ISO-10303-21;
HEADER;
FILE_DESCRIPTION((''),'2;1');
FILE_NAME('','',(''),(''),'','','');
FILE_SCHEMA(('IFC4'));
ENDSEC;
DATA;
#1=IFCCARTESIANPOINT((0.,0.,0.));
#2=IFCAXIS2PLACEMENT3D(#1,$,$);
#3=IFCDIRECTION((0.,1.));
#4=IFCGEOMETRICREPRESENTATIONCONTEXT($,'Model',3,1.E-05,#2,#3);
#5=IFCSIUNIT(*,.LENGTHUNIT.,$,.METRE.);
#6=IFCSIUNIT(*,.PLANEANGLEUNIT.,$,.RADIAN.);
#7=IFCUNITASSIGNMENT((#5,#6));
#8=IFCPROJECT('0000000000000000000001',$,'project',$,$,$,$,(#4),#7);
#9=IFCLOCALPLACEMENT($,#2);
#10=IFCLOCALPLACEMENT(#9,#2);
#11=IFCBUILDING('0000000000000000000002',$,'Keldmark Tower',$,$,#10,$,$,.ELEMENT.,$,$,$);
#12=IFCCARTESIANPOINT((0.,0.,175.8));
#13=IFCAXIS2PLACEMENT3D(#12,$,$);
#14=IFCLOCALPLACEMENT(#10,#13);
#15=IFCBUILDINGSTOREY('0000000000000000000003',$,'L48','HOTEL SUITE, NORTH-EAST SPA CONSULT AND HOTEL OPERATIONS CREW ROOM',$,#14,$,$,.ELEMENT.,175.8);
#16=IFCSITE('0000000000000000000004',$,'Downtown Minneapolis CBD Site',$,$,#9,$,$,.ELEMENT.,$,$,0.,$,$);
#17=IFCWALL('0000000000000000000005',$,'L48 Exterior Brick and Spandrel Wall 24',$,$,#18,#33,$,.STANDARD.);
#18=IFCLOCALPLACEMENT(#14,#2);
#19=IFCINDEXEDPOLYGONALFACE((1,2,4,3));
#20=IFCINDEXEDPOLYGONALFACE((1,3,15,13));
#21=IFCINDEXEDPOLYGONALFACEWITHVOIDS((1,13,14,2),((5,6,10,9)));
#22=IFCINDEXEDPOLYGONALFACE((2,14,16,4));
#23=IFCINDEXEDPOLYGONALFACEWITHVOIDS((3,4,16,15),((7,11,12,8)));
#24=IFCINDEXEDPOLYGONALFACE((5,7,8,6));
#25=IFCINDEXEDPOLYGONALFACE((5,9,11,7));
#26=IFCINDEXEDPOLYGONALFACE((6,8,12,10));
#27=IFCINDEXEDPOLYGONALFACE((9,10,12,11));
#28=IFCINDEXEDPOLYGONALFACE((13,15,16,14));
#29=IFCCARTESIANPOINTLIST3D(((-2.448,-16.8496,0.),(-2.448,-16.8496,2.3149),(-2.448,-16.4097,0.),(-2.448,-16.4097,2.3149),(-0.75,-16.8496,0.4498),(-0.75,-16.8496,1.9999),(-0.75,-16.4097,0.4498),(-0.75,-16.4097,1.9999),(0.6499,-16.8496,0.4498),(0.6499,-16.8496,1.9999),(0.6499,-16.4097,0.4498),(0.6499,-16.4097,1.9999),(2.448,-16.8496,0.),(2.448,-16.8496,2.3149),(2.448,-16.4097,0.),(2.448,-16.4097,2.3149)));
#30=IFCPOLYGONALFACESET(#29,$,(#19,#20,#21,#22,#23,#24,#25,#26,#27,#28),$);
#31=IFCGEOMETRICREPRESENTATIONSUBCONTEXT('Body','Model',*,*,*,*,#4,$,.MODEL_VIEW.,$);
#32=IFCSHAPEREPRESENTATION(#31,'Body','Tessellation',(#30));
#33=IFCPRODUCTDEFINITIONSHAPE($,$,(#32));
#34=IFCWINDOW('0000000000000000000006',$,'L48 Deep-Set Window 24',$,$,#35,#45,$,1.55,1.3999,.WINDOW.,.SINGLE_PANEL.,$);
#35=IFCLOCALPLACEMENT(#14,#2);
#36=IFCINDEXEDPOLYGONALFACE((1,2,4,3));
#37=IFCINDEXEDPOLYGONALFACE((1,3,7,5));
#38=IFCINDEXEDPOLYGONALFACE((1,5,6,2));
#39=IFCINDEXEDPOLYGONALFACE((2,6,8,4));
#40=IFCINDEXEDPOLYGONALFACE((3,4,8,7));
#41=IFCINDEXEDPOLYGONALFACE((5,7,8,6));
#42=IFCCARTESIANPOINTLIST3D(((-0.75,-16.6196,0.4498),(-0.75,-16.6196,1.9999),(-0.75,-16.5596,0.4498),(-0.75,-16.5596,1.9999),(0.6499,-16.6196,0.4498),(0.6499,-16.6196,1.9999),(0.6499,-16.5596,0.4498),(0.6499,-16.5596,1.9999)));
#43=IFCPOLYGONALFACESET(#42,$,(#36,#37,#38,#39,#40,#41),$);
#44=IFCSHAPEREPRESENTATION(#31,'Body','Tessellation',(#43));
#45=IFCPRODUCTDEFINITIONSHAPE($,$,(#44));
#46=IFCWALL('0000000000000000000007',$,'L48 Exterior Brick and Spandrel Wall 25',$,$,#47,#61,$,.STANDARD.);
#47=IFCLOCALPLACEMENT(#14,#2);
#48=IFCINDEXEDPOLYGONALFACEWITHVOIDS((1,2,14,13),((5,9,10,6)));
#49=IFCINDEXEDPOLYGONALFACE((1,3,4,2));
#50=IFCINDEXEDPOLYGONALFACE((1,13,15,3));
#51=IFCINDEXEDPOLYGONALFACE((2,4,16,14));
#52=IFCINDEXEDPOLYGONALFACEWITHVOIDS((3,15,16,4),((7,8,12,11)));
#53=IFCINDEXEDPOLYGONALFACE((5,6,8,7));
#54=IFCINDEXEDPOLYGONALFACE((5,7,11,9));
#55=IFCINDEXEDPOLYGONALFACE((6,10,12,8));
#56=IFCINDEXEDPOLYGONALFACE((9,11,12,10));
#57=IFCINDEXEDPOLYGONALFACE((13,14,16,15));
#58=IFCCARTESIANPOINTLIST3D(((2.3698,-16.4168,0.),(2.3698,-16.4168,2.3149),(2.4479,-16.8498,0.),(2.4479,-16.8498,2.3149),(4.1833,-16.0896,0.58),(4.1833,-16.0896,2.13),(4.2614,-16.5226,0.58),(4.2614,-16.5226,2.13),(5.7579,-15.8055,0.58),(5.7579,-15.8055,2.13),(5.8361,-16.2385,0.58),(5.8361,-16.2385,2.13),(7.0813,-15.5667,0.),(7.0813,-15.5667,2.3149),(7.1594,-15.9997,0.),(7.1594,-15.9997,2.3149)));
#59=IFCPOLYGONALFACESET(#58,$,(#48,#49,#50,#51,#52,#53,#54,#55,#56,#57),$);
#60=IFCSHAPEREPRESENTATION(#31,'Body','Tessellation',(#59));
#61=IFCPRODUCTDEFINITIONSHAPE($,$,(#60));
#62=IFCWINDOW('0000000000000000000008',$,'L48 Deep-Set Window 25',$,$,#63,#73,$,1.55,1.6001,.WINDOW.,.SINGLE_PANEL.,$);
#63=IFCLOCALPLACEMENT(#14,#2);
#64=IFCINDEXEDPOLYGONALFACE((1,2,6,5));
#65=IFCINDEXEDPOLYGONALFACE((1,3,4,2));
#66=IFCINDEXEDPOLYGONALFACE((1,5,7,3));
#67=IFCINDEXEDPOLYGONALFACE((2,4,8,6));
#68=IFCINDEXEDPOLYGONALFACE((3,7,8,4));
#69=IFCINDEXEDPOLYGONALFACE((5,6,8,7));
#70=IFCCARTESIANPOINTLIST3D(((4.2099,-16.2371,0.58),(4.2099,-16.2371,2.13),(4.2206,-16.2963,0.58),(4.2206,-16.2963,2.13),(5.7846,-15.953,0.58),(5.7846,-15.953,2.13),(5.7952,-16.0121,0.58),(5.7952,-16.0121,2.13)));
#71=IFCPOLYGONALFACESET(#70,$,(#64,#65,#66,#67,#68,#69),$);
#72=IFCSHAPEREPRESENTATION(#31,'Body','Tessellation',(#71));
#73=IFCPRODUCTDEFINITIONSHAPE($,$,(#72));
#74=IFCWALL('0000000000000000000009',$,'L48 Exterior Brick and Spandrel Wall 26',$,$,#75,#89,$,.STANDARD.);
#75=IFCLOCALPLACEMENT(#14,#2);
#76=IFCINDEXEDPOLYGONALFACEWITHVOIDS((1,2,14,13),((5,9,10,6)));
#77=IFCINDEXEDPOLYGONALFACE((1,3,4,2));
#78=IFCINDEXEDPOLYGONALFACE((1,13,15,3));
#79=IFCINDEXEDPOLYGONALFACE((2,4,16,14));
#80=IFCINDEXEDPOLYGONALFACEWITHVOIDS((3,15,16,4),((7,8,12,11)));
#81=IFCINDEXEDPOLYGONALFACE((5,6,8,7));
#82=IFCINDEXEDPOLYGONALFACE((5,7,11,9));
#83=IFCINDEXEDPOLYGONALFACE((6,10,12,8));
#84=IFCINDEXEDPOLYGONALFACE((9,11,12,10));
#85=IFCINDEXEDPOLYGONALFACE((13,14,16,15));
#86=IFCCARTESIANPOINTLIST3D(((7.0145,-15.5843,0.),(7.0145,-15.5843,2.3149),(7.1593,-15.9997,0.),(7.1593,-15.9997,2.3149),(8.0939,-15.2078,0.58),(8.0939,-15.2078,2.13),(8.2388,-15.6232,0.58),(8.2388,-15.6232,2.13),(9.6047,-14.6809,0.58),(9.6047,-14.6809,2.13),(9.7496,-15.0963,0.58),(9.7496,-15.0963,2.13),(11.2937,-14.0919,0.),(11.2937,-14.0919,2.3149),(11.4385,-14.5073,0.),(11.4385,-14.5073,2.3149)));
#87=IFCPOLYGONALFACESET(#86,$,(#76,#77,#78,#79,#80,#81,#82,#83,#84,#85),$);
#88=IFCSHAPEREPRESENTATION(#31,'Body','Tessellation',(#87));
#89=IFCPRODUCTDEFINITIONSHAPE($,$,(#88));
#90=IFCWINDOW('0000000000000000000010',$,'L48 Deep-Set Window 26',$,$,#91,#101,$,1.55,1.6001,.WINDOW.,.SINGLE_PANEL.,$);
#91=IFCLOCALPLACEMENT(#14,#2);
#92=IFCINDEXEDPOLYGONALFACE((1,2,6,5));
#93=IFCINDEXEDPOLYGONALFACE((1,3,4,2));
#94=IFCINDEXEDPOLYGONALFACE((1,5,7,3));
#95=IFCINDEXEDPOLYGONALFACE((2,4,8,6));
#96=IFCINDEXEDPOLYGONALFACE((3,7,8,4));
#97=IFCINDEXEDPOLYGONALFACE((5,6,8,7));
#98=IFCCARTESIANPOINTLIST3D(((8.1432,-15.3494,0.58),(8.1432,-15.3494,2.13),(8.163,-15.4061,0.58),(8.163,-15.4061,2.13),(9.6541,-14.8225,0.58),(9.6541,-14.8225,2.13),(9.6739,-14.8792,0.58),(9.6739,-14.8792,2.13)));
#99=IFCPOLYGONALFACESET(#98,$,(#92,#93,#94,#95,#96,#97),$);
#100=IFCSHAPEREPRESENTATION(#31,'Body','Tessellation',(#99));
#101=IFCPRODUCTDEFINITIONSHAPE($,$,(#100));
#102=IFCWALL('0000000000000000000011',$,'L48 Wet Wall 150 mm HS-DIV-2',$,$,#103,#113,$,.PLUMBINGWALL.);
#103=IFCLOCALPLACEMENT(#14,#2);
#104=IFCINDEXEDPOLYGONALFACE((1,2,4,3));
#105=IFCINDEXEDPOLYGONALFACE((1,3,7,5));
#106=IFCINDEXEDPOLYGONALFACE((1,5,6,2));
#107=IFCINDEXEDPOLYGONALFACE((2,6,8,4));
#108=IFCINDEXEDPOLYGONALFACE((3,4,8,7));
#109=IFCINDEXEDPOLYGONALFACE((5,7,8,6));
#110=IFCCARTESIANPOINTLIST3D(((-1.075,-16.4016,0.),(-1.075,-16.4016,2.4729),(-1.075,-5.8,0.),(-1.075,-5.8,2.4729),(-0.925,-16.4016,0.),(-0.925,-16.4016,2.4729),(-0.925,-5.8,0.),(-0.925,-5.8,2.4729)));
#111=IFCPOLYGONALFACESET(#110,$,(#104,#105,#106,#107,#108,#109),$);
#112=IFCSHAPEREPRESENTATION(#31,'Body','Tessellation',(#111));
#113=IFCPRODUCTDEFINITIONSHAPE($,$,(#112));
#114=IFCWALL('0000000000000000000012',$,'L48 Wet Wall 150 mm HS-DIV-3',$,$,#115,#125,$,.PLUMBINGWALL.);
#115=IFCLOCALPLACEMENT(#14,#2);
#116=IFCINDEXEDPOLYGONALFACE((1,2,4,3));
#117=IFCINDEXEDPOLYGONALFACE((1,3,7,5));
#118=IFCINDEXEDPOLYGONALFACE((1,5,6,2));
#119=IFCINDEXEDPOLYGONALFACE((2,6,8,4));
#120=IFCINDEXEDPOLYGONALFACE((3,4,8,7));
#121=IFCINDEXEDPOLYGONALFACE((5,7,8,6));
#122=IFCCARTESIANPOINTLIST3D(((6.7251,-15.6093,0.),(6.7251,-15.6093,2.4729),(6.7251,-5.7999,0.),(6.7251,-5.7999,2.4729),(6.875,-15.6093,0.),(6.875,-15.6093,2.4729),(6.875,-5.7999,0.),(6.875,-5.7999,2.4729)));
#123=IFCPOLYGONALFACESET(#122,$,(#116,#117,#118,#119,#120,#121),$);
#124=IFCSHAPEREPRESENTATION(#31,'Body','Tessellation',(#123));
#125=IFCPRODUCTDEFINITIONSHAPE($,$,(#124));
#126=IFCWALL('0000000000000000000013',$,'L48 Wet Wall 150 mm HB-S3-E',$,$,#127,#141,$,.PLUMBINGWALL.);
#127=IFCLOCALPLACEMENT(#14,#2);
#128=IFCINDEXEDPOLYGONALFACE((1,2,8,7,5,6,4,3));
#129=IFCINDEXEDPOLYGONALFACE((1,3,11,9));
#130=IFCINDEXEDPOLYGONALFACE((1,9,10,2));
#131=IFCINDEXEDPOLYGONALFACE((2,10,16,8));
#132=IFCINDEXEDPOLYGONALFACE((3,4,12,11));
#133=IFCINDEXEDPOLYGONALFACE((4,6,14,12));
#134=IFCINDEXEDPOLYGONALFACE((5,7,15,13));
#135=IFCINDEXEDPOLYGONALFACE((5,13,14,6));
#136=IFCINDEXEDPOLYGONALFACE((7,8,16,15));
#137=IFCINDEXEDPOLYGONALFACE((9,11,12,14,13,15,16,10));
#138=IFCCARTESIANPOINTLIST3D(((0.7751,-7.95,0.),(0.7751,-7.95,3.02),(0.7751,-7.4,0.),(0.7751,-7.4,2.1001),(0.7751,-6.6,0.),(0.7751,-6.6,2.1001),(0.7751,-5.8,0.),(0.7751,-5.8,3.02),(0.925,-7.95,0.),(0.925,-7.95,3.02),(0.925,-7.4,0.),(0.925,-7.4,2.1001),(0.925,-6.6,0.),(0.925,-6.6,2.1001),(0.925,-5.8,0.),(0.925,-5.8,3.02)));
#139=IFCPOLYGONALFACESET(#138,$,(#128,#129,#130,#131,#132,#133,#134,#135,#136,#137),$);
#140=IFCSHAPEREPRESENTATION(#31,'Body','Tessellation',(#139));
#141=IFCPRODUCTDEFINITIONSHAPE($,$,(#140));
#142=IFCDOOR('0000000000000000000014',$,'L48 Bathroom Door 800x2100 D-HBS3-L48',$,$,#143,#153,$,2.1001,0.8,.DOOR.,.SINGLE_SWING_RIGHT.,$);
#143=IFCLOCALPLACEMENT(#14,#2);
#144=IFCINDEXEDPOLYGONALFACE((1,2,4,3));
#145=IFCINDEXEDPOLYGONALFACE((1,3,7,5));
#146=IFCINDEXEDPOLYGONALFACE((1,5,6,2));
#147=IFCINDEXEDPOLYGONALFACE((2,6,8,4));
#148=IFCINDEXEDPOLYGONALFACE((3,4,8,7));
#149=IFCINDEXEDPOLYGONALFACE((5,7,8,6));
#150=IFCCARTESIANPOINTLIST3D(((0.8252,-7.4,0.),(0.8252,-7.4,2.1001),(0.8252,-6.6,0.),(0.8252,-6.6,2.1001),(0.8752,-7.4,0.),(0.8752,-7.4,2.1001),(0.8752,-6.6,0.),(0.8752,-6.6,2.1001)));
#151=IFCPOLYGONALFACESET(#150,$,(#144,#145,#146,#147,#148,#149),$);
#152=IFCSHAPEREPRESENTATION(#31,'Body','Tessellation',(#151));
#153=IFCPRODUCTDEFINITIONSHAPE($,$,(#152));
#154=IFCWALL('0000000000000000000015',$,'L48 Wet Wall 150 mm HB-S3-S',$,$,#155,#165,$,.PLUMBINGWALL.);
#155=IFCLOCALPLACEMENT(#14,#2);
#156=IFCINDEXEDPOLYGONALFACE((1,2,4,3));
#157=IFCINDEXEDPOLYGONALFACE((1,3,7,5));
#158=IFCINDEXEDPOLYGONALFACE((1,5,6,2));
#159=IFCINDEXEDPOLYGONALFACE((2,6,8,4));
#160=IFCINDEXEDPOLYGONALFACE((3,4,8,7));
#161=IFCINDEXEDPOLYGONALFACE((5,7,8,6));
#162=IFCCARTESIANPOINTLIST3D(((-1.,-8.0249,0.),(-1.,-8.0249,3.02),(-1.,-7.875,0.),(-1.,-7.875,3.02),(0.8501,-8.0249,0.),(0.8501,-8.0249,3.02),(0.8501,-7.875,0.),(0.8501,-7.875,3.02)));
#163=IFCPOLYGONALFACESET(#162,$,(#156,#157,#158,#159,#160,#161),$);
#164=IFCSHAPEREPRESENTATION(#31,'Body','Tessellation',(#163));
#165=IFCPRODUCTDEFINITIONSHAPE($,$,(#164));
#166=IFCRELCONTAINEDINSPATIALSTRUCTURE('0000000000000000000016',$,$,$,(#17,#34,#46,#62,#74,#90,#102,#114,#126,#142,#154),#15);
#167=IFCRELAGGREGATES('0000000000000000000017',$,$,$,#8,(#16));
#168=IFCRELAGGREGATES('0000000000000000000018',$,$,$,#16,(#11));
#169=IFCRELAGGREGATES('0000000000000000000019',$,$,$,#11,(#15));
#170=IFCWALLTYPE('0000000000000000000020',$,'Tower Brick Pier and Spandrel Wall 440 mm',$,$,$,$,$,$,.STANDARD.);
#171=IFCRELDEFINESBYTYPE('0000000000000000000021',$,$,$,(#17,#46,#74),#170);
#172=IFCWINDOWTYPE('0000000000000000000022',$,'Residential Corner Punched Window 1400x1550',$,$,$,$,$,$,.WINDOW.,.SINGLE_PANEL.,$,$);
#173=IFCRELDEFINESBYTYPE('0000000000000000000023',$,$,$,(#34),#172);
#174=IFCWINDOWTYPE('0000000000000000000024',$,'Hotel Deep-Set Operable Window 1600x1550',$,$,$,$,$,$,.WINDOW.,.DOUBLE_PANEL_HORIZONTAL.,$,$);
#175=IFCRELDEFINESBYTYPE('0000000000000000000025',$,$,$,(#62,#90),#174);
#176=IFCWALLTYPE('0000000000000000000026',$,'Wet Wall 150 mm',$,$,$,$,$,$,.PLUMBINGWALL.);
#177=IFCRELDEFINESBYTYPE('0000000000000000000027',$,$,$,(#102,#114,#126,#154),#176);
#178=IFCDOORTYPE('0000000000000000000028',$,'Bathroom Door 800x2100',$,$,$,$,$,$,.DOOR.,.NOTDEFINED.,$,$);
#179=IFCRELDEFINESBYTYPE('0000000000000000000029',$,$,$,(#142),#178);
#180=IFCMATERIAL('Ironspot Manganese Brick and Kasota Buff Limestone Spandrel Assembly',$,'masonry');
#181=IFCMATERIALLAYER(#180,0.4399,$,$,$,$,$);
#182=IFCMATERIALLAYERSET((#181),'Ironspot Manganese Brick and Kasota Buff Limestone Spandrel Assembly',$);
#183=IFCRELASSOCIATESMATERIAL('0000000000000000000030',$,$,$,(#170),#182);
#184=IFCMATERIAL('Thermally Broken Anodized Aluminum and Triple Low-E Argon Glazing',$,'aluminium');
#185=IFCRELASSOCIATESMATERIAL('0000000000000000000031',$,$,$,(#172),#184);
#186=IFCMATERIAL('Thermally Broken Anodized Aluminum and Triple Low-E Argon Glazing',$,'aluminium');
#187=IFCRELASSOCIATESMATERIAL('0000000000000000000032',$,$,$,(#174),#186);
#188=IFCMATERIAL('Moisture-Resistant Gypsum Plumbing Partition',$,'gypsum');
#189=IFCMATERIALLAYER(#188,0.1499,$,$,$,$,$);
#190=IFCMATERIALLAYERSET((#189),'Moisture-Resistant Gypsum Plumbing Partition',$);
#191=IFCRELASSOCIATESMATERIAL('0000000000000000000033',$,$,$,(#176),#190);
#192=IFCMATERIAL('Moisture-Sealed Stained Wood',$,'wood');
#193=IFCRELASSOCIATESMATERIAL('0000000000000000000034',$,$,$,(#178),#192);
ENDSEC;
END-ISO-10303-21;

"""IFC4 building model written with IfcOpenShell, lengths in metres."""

from ifc_helpers import new_model, si_unit, direction, frame, frame_2d, origin, place, context, subcontext, project, spatial, rectangle, extrude, material, layer, layer_set, type_object, element, fill, save


model = new_model("IFC4")

# Units and contexts
model_context = context("Model", 3, precision=1e-05, world=origin(), true_north=direction((0.0, 1.0)))
body_context = subcontext(model_context, "Body", "Model", "MODEL_VIEW")
ifc_project = project(units=[si_unit("LENGTHUNIT", "METRE"), si_unit("PLANEANGLEUNIT", "RADIAN")], contexts=[model_context])

# Site, building, storey
site_placement = place(None, origin())
site = spatial("IfcSite", under=ifc_project, at=site_placement, Name="Downtown Minneapolis CBD Site", CompositionType="ELEMENT", RefElevation=0.0)
building_placement = place(site_placement, origin())
building = spatial("IfcBuilding", under=site, at=building_placement, Name="Keldmark Tower", CompositionType="ELEMENT")
storey_placement = place(building_placement, frame((0.0, 0.0, 175.8)))
storey = spatial("IfcBuildingStorey", under=building, at=storey_placement, Name="L48", Description="HOTEL SUITE, NORTH-EAST SPA CONSULT AND HOTEL OPERATIONS CREW ROOM", CompositionType="ELEMENT", Elevation=175.8)

# Walls, openings, windows
ifc_material_1 = material(Name="Ironspot Manganese Brick and Kasota Buff Limestone Spandrel Assembly", Category="masonry")
ifc_layer_1 = layer(ifc_material_1, 0.4399)
ifc_layer_set_1 = layer_set([ifc_layer_1], Name="Ironspot Manganese Brick and Kasota Buff Limestone Spandrel Assembly")
wall_type_1 = type_object("IfcWallType", Name="Tower Brick Pier and Spandrel Wall 440 mm", PredefinedType="STANDARD", material=ifc_layer_set_1)
wall_1_placement = place(storey_placement, frame((2.448, -16.6296, 0.0), z_axis=(0.0, 0.0, 1.0), x_axis=(-1.0, 0.0, 0.0)))
wall_1 = element("IfcWall", 1, at=wall_1_placement, inside=storey, type_object=wall_type_1, Name="L48 Exterior Brick and Spandrel Wall 24", PredefinedType="STANDARD", context=body_context, shape_type="SweptSolid", body=[
    extrude(rectangle(XDim=4.896, YDim=0.4399, at=frame_2d((2.448, 0.0))), origin(), (0.0, 0.0, 1.0), 2.3149),
])
opening_1_placement = place(wall_1_placement, frame((1.7981, 0.0, 0.45)))
opening_1 = element("IfcOpeningElement", 2, at=opening_1_placement, cuts=wall_1, PredefinedType="OPENING", context=body_context, shape_type="SweptSolid", body=[
    extrude(rectangle(XDim=1.3999, YDim=1.55, at=frame_2d((0.7, 0.7749))), frame((0.0, 0.23, 0.0), z_axis=(0.0, -1.0, 0.0), x_axis=(1.0, 0.0, 0.0)), (0.0, 0.0, 1.0), 0.46),
])
ifc_material_2 = material(Name="Thermally Broken Anodized Aluminum and Triple Low-E Argon Glazing", Category="aluminium")
window_type_1 = type_object("IfcWindowType", Name="Residential Corner Punched Window 1400x1550", PartitioningType="SINGLE_PANEL", PredefinedType="WINDOW", material=ifc_material_2)
window_1_placement = place(opening_1_placement, origin())
window_1 = element("IfcWindow", 3, at=window_1_placement, inside=storey, type_object=window_type_1, Name="L48 Deep-Set Window 24", OverallHeight=1.55, OverallWidth=1.3999, PartitioningType="SINGLE_PANEL", PredefinedType="WINDOW", context=body_context, shape_type="SweptSolid", body=[
    extrude(rectangle(XDim=1.3999, YDim=1.55, at=frame_2d((0.7, 0.7749))), frame((0.0, -0.01, 0.0), z_axis=(0.0, -1.0, 0.0), x_axis=(1.0, 0.0, 0.0)), (0.0, 0.0, 1.0), 0.0601),
])
fill(opening_1, window_1)
wall_2_placement = place(storey_placement, frame((7.1204, -15.7832, 0.0), z_axis=(0.0, 0.0, 1.0), x_axis=(-0.984109, -0.177566, 0.0)))
wall_2 = element("IfcWall", 4, at=wall_2_placement, inside=storey, type_object=wall_type_1, Name="L48 Exterior Brick and Spandrel Wall 25", PredefinedType="STANDARD", context=body_context, shape_type="SweptSolid", body=[
    extrude(rectangle(XDim=4.7876, YDim=0.4399, at=frame_2d((2.3938, 0.0))), origin(), (0.0, 0.0, 1.0), 2.3149),
])
opening_2_placement = place(wall_2_placement, frame((1.3447, 0.0, 0.5801)))
opening_2 = element("IfcOpeningElement", 5, at=opening_2_placement, cuts=wall_2, PredefinedType="OPENING", context=body_context, shape_type="SweptSolid", body=[
    extrude(rectangle(XDim=1.6001, YDim=1.55, at=frame_2d((0.8, 0.7749))), frame((0.0, 0.23, 0.0), z_axis=(0.0, -1.0, 0.0), x_axis=(1.0, 0.0, 0.0)), (0.0, 0.0, 1.0), 0.46),
])
ifc_material_3 = material(Name="Thermally Broken Anodized Aluminum and Triple Low-E Argon Glazing", Category="aluminium")
window_type_2 = type_object("IfcWindowType", Name="Hotel Deep-Set Operable Window 1600x1550", PartitioningType="DOUBLE_PANEL_HORIZONTAL", PredefinedType="WINDOW", material=ifc_material_3)
window_2_placement = place(opening_2_placement, origin())
window_2 = element("IfcWindow", 6, at=window_2_placement, inside=storey, type_object=window_type_2, Name="L48 Deep-Set Window 25", OverallHeight=1.55, OverallWidth=1.6001, PartitioningType="SINGLE_PANEL", PredefinedType="WINDOW", context=body_context, shape_type="SweptSolid", body=[
    extrude(rectangle(XDim=1.6001, YDim=1.55, at=frame_2d((0.8, 0.7749))), frame((0.0, -0.01, 0.0), z_axis=(0.0, -1.0, 0.0), x_axis=(1.0, 0.0, 0.0)), (0.0, 0.0, 1.0), 0.0601),
])
fill(opening_2, window_2)
wall_3_placement = place(storey_placement, frame((11.3662, -14.2996, 0.0), z_axis=(0.0, 0.0, 1.0), x_axis=(-0.944224, -0.329304, 0.0)))
wall_3 = element("IfcWall", 7, at=wall_3_placement, inside=storey, type_object=wall_type_1, Name="L48 Exterior Brick and Spandrel Wall 26", PredefinedType="STANDARD", context=body_context, shape_type="SweptSolid", body=[
    extrude(rectangle(XDim=4.532, YDim=0.4399, at=frame_2d((2.2661, 0.0))), origin(), (0.0, 0.0, 1.0), 2.3149),
])
opening_3_placement = place(wall_3_placement, frame((1.7888, 0.0, 0.5801)))
opening_3 = element("IfcOpeningElement", 8, at=opening_3_placement, cuts=wall_3, PredefinedType="OPENING", context=body_context, shape_type="SweptSolid", body=[
    extrude(rectangle(XDim=1.6001, YDim=1.55, at=frame_2d((0.8, 0.7749))), frame((0.0, 0.23, 0.0), z_axis=(0.0, -1.0, 0.0), x_axis=(1.0, 0.0, 0.0)), (0.0, 0.0, 1.0), 0.46),
])
window_3_placement = place(opening_3_placement, origin())
window_3 = element("IfcWindow", 9, at=window_3_placement, inside=storey, type_object=window_type_2, Name="L48 Deep-Set Window 26", OverallHeight=1.55, OverallWidth=1.6001, PartitioningType="SINGLE_PANEL", PredefinedType="WINDOW", context=body_context, shape_type="SweptSolid", body=[
    extrude(rectangle(XDim=1.6001, YDim=1.55, at=frame_2d((0.8, 0.7749))), frame((0.0, -0.01, 0.0), z_axis=(0.0, -1.0, 0.0), x_axis=(1.0, 0.0, 0.0)), (0.0, 0.0, 1.0), 0.0601),
])
fill(opening_3, window_3)

# Walls
ifc_material_4 = material(Name="Moisture-Resistant Gypsum Plumbing Partition", Category="gypsum")
ifc_layer_2 = layer(ifc_material_4, 0.1499)
ifc_layer_set_2 = layer_set([ifc_layer_2], Name="Moisture-Resistant Gypsum Plumbing Partition")
wall_type_2 = type_object("IfcWallType", Name="Wet Wall 150 mm", PredefinedType="PLUMBINGWALL", material=ifc_layer_set_2)
wall_4_placement = place(storey_placement, frame((-1.0, -16.4016, 0.0), z_axis=(0.0, 0.0, 1.0), x_axis=(0.0, 1.0, 0.0)))
element("IfcWall", 10, at=wall_4_placement, inside=storey, type_object=wall_type_2, Name="L48 Wet Wall 150 mm HS-DIV-2", PredefinedType="PLUMBINGWALL", context=body_context, shape_type="SweptSolid", body=[
    extrude(rectangle(XDim=10.6016, YDim=0.1499, at=frame_2d((5.3008, 0.0))), origin(), (0.0, 0.0, 1.0), 2.4729),
])
wall_5_placement = place(storey_placement, frame((6.8, -15.6094, 0.0), z_axis=(0.0, 0.0, 1.0), x_axis=(0.0, 1.0, 0.0)))
element("IfcWall", 11, at=wall_5_placement, inside=storey, type_object=wall_type_2, Name="L48 Wet Wall 150 mm HS-DIV-3", PredefinedType="PLUMBINGWALL", context=body_context, shape_type="SweptSolid", body=[
    extrude(rectangle(XDim=9.8093, YDim=0.1499, at=frame_2d((4.9048, 0.0))), origin(), (0.0, 0.0, 1.0), 2.4729),
])

# Wall, opening, door
wall_6_placement = place(storey_placement, frame((0.8501, -7.95, 0.0), z_axis=(0.0, 0.0, 1.0), x_axis=(0.0, 1.0, 0.0)))
wall_6 = element("IfcWall", 12, at=wall_6_placement, inside=storey, type_object=wall_type_2, Name="L48 Wet Wall 150 mm HB-S3-E", PredefinedType="PLUMBINGWALL", context=body_context, shape_type="SweptSolid", body=[
    extrude(rectangle(XDim=2.1499, YDim=0.1499, at=frame_2d((1.075, 0.0))), origin(), (0.0, 0.0, 1.0), 3.02),
])
opening_4_placement = place(wall_6_placement, frame((0.55, 0.0, 0.0)))
opening_4 = element("IfcOpeningElement", 13, at=opening_4_placement, cuts=wall_6, PredefinedType="OPENING", context=body_context, shape_type="SweptSolid", body=[
    extrude(rectangle(XDim=0.8, YDim=2.1001, at=frame_2d((0.3999, 1.05))), frame((0.0, 0.085, 0.0), z_axis=(0.0, -1.0, 0.0), x_axis=(1.0, 0.0, 0.0)), (0.0, 0.0, 1.0), 0.1699),
])
ifc_material_5 = material(Name="Moisture-Sealed Stained Wood", Category="wood")
door_type = type_object("IfcDoorType", Name="Bathroom Door 800x2100", OperationType="NOTDEFINED", PredefinedType="DOOR", material=ifc_material_5)
door_1_placement = place(opening_4_placement, origin())
door_1 = element("IfcDoor", 14, at=door_1_placement, inside=storey, type_object=door_type, Name="L48 Bathroom Door 800x2100 D-HBS3-L48", OperationType="SINGLE_SWING_RIGHT", OverallHeight=2.1001, OverallWidth=0.8, PredefinedType="DOOR", context=body_context, shape_type="SweptSolid", body=[
    extrude(rectangle(XDim=0.8, YDim=2.1001, at=frame_2d((0.3999, 1.05))), frame((0.0, 0.0249, 0.0), z_axis=(0.0, -1.0, 0.0), x_axis=(1.0, 0.0, 0.0)), (0.0, 0.0, 1.0), 0.05),
])
fill(opening_4, door_1)

# Wall
wall_7_placement = place(storey_placement, frame((-1.0, -7.95, 0.0), z_axis=(0.0, 0.0, 1.0), x_axis=(1.0, 0.0, 0.0)))
element("IfcWall", 15, at=wall_7_placement, inside=storey, type_object=wall_type_2, Name="L48 Wet Wall 150 mm HB-S3-S", PredefinedType="PLUMBINGWALL", context=body_context, shape_type="SweptSolid", body=[
    extrude(rectangle(XDim=1.8501, YDim=0.1499, at=frame_2d((0.925, 0.0))), origin(), (0.0, 0.0, 1.0), 3.02),
])

save(model, "model.ifc")
